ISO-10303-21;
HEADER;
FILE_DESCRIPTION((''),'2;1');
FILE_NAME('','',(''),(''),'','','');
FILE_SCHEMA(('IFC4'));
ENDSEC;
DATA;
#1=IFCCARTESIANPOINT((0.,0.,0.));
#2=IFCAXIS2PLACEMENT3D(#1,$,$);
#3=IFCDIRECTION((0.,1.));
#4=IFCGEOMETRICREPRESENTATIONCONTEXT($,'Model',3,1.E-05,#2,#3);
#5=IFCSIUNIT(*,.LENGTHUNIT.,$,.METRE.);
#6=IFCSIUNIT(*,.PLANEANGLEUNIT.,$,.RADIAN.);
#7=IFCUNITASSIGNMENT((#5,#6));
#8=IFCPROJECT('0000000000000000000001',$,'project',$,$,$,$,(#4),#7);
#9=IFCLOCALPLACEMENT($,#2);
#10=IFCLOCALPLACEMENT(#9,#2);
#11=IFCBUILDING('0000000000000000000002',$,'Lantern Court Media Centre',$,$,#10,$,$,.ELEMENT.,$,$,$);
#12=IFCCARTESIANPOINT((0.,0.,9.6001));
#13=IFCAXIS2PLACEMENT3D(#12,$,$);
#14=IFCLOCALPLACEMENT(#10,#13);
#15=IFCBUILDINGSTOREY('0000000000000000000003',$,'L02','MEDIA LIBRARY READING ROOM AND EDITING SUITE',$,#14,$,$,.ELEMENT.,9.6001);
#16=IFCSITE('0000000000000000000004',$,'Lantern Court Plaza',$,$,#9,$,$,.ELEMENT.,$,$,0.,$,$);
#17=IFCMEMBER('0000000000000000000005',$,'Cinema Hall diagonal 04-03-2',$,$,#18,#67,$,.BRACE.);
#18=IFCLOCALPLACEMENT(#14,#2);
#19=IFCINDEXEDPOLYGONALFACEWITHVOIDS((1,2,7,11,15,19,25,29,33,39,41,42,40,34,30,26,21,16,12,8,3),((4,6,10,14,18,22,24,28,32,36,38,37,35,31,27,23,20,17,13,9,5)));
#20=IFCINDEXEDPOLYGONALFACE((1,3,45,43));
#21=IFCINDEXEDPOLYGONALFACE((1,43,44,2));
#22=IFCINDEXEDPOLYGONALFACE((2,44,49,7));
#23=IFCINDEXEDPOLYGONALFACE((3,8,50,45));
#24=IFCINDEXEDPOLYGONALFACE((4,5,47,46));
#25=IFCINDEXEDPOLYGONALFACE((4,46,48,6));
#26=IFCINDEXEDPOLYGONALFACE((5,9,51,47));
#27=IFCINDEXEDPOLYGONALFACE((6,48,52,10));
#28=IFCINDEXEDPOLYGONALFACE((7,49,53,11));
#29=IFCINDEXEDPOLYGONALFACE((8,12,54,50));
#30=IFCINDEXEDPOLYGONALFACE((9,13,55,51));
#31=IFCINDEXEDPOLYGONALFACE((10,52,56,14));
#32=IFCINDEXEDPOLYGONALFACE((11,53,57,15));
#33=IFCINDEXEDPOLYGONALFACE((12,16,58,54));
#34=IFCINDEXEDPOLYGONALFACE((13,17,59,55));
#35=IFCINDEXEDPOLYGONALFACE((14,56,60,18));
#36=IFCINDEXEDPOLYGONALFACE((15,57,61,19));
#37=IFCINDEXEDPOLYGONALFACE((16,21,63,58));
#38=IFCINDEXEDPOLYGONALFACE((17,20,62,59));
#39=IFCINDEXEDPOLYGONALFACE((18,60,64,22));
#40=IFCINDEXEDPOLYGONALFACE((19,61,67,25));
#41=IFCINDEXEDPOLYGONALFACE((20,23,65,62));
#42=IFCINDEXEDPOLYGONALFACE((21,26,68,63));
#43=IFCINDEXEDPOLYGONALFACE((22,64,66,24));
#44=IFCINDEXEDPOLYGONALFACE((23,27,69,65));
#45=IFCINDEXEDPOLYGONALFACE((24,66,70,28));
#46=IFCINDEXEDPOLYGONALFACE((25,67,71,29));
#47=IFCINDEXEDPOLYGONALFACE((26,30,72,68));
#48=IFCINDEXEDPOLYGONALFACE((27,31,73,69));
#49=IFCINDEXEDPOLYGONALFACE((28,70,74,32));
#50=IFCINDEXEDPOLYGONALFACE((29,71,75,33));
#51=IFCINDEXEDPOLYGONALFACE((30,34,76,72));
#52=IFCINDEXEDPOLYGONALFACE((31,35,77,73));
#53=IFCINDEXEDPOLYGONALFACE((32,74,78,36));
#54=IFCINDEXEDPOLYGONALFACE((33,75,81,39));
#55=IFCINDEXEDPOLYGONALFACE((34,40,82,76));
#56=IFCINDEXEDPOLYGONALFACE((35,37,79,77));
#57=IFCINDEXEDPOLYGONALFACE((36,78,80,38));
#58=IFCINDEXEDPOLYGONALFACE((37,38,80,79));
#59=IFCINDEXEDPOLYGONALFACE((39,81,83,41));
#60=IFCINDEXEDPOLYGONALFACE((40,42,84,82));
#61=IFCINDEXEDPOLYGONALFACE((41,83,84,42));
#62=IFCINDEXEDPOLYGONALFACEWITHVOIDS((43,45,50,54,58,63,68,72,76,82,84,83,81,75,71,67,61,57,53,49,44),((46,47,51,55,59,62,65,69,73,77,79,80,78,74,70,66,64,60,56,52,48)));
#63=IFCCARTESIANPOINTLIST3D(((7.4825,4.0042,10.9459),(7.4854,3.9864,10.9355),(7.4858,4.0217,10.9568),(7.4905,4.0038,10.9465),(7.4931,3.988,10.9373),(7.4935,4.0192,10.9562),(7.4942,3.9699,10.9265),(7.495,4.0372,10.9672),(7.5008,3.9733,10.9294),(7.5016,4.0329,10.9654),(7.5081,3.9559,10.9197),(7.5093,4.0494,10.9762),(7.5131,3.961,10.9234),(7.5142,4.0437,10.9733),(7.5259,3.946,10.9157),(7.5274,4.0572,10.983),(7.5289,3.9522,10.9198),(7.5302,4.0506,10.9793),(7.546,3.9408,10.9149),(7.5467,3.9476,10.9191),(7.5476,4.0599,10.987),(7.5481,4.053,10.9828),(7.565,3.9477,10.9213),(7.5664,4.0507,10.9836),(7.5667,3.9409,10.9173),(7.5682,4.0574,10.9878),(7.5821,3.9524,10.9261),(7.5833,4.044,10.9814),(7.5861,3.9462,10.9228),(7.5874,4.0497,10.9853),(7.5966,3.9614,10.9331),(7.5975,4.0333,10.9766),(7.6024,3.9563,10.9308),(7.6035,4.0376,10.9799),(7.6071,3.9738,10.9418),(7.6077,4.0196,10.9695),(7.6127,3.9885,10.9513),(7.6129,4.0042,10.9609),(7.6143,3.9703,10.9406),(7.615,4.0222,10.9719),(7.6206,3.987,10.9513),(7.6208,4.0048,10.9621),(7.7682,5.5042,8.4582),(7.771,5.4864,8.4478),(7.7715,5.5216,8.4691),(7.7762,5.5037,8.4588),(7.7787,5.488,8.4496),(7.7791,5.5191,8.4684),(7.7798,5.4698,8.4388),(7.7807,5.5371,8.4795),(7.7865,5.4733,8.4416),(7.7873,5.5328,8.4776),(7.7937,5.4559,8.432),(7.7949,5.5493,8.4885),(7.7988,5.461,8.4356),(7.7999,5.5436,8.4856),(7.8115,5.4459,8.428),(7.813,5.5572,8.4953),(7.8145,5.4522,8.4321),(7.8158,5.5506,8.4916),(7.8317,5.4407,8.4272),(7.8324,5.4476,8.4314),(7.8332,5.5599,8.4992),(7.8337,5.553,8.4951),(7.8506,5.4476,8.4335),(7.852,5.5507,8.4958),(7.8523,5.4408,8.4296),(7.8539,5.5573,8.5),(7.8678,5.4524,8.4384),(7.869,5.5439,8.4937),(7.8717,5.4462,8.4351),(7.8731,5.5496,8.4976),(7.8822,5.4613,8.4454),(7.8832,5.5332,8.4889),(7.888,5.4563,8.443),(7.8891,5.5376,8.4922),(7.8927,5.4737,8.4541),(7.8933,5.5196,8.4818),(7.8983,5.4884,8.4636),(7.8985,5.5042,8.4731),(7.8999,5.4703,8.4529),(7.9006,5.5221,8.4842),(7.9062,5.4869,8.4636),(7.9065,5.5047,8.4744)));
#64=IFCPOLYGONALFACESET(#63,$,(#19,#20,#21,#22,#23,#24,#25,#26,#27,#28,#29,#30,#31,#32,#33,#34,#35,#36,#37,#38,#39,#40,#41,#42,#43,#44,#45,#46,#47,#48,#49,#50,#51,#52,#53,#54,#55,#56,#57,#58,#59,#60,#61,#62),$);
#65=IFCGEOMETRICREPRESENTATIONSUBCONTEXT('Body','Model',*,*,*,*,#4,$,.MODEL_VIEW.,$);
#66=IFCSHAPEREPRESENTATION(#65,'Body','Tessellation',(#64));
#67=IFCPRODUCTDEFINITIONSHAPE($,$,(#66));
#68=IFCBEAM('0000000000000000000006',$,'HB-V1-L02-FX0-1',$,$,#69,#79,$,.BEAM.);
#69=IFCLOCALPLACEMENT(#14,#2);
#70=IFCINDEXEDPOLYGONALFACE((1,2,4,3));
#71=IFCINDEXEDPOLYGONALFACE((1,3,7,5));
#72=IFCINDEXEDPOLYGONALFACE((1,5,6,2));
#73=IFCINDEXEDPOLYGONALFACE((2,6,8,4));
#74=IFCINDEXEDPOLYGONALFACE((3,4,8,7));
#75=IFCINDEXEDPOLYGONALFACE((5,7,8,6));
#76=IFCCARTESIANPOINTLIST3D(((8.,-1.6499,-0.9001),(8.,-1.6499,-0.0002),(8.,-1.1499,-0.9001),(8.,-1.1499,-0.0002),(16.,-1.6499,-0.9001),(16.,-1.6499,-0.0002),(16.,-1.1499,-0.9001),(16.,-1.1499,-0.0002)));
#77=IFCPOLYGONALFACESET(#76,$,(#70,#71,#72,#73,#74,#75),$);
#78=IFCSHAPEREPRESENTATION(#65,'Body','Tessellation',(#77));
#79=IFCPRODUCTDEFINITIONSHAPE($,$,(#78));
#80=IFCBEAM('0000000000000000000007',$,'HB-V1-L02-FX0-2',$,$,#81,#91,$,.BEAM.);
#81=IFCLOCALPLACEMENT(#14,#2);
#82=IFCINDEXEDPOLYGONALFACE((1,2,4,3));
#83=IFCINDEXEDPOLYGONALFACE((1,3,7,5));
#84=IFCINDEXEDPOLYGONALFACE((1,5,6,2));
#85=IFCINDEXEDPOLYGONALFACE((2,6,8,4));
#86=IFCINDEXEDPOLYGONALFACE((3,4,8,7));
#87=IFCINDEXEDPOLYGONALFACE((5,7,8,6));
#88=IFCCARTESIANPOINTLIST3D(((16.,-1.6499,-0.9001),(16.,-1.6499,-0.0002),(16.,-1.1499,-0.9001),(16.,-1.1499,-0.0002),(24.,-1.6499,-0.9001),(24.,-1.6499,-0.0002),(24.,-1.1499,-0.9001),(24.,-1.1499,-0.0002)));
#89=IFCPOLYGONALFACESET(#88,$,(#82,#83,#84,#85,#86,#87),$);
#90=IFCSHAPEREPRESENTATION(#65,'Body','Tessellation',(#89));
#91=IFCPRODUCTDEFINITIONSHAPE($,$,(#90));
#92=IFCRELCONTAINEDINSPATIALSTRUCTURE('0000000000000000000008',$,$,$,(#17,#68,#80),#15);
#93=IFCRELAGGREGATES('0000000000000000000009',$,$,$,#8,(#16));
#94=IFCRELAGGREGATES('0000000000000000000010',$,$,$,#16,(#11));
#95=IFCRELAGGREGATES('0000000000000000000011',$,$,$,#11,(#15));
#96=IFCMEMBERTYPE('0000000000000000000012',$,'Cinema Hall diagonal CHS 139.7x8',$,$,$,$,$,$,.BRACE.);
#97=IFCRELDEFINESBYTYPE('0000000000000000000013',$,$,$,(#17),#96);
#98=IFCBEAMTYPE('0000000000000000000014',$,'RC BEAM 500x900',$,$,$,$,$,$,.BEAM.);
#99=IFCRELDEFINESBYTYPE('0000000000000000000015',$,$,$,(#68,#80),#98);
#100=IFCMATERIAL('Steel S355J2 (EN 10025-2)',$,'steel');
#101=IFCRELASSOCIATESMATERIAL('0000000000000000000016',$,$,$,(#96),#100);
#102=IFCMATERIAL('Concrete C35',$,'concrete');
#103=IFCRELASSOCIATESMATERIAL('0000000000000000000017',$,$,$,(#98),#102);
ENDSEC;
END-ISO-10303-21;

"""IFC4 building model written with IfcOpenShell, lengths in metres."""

from ifc_helpers import new_model, si_unit, direction, frame, origin, origin_2d, place, context, subcontext, project, spatial, rectangle, hollow_circle, extrude, material, material_profile, profile_set, type_object, element, save


model = new_model("IFC4")

# Units and contexts
model_context = context("Model", 3, precision=1e-05, world=origin(), true_north=direction((0.0, 1.0)))
body_context = subcontext(model_context, "Body", "Model", "MODEL_VIEW")
ifc_project = project(units=[si_unit("LENGTHUNIT", "METRE"), si_unit("PLANEANGLEUNIT", "RADIAN")], contexts=[model_context])

# Site, building, storey
site_placement = place(None, origin())
site = spatial("IfcSite", under=ifc_project, at=site_placement, Name="Lantern Court Plaza", CompositionType="ELEMENT", RefElevation=0.0)
building_placement = place(site_placement, origin())
building = spatial("IfcBuilding", under=site, at=building_placement, Name="Lantern Court Media Centre", CompositionType="ELEMENT")
storey_placement = place(building_placement, frame((0.0, 0.0, 9.6001)))
storey = spatial("IfcBuildingStorey", under=building, at=storey_placement, Name="L02", Description="MEDIA LIBRARY READING ROOM AND EDITING SUITE", CompositionType="ELEMENT", Elevation=9.6001)

# Shared definitions
ifc_material_1 = material(Name="Concrete C35", Category="concrete")

# Member
ifc_material_2 = material(Name="Steel S355J2 (EN 10025-2)", Category="steel")
ifc_material_profile_1 = material_profile(ifc_material_2, hollow_circle(Radius=0.0698, WallThickness=0.0081, at=origin_2d()), Name="Cinema Hall diagonal CHS 139.7x8")
ifc_profile_set_1 = profile_set([ifc_material_profile_1], Name="Steel S355J2 (EN 10025-2)")
member_type_1 = type_object("IfcMemberType", Name="Cinema Hall diagonal CHS 139.7x8", PredefinedType="BRACE", material=ifc_profile_set_1)
member_1_placement = place(storey_placement, frame((7.8376, 5.5, 8.4636), z_axis=(-0.097856, -0.51387, 0.852268), x_axis=(0.982347, -0.187068, 0.0)))
element("IfcMember", 1, at=member_1_placement, inside=storey, type_object=member_type_1, Name="Cinema Hall diagonal 04-03-2", PredefinedType="BRACE", context=body_context, shape_type="SweptSolid", body=[
    extrude(hollow_circle(Radius=0.0698, WallThickness=0.0081, at=origin_2d()), origin(), (0.0, 0.0, 1.0), 2.9189),
])

# Beams
ifc_material_profile_2 = material_profile(ifc_material_1, rectangle(XDim=0.5, YDim=0.8999, at=origin_2d()), Name="RC 500x900")
ifc_profile_set_2 = profile_set([ifc_material_profile_2], Name="Concrete C35")
beam_type = type_object("IfcBeamType", Name="RC BEAM 500x900", PredefinedType="BEAM", material=ifc_profile_set_2)
for number, where, z_axis, x_axis, name in (
    (2, (8.0, -1.3999, -0.4502), (1.0, 0.0, 0.0), (0.0, 1.0, 0.0), "HB-V1-L02-FX0-1"),
    (3, (16.0, -1.3999, -0.4502), (1.0, 0.0, 0.0), (0.0, 1.0, 0.0), "HB-V1-L02-FX0-2"),
):
    element("IfcBeam", number, at=place(storey_placement, frame(where, z_axis=z_axis, x_axis=x_axis)), inside=storey, type_object=beam_type, Name=name, PredefinedType="BEAM", context=body_context, shape_type="SweptSolid", body=[
        extrude(rectangle(XDim=0.5, YDim=0.8999, at=origin_2d()), origin(), (0.0, 0.0, 1.0), 8.0),
    ])

save(model, "model.ifc")
